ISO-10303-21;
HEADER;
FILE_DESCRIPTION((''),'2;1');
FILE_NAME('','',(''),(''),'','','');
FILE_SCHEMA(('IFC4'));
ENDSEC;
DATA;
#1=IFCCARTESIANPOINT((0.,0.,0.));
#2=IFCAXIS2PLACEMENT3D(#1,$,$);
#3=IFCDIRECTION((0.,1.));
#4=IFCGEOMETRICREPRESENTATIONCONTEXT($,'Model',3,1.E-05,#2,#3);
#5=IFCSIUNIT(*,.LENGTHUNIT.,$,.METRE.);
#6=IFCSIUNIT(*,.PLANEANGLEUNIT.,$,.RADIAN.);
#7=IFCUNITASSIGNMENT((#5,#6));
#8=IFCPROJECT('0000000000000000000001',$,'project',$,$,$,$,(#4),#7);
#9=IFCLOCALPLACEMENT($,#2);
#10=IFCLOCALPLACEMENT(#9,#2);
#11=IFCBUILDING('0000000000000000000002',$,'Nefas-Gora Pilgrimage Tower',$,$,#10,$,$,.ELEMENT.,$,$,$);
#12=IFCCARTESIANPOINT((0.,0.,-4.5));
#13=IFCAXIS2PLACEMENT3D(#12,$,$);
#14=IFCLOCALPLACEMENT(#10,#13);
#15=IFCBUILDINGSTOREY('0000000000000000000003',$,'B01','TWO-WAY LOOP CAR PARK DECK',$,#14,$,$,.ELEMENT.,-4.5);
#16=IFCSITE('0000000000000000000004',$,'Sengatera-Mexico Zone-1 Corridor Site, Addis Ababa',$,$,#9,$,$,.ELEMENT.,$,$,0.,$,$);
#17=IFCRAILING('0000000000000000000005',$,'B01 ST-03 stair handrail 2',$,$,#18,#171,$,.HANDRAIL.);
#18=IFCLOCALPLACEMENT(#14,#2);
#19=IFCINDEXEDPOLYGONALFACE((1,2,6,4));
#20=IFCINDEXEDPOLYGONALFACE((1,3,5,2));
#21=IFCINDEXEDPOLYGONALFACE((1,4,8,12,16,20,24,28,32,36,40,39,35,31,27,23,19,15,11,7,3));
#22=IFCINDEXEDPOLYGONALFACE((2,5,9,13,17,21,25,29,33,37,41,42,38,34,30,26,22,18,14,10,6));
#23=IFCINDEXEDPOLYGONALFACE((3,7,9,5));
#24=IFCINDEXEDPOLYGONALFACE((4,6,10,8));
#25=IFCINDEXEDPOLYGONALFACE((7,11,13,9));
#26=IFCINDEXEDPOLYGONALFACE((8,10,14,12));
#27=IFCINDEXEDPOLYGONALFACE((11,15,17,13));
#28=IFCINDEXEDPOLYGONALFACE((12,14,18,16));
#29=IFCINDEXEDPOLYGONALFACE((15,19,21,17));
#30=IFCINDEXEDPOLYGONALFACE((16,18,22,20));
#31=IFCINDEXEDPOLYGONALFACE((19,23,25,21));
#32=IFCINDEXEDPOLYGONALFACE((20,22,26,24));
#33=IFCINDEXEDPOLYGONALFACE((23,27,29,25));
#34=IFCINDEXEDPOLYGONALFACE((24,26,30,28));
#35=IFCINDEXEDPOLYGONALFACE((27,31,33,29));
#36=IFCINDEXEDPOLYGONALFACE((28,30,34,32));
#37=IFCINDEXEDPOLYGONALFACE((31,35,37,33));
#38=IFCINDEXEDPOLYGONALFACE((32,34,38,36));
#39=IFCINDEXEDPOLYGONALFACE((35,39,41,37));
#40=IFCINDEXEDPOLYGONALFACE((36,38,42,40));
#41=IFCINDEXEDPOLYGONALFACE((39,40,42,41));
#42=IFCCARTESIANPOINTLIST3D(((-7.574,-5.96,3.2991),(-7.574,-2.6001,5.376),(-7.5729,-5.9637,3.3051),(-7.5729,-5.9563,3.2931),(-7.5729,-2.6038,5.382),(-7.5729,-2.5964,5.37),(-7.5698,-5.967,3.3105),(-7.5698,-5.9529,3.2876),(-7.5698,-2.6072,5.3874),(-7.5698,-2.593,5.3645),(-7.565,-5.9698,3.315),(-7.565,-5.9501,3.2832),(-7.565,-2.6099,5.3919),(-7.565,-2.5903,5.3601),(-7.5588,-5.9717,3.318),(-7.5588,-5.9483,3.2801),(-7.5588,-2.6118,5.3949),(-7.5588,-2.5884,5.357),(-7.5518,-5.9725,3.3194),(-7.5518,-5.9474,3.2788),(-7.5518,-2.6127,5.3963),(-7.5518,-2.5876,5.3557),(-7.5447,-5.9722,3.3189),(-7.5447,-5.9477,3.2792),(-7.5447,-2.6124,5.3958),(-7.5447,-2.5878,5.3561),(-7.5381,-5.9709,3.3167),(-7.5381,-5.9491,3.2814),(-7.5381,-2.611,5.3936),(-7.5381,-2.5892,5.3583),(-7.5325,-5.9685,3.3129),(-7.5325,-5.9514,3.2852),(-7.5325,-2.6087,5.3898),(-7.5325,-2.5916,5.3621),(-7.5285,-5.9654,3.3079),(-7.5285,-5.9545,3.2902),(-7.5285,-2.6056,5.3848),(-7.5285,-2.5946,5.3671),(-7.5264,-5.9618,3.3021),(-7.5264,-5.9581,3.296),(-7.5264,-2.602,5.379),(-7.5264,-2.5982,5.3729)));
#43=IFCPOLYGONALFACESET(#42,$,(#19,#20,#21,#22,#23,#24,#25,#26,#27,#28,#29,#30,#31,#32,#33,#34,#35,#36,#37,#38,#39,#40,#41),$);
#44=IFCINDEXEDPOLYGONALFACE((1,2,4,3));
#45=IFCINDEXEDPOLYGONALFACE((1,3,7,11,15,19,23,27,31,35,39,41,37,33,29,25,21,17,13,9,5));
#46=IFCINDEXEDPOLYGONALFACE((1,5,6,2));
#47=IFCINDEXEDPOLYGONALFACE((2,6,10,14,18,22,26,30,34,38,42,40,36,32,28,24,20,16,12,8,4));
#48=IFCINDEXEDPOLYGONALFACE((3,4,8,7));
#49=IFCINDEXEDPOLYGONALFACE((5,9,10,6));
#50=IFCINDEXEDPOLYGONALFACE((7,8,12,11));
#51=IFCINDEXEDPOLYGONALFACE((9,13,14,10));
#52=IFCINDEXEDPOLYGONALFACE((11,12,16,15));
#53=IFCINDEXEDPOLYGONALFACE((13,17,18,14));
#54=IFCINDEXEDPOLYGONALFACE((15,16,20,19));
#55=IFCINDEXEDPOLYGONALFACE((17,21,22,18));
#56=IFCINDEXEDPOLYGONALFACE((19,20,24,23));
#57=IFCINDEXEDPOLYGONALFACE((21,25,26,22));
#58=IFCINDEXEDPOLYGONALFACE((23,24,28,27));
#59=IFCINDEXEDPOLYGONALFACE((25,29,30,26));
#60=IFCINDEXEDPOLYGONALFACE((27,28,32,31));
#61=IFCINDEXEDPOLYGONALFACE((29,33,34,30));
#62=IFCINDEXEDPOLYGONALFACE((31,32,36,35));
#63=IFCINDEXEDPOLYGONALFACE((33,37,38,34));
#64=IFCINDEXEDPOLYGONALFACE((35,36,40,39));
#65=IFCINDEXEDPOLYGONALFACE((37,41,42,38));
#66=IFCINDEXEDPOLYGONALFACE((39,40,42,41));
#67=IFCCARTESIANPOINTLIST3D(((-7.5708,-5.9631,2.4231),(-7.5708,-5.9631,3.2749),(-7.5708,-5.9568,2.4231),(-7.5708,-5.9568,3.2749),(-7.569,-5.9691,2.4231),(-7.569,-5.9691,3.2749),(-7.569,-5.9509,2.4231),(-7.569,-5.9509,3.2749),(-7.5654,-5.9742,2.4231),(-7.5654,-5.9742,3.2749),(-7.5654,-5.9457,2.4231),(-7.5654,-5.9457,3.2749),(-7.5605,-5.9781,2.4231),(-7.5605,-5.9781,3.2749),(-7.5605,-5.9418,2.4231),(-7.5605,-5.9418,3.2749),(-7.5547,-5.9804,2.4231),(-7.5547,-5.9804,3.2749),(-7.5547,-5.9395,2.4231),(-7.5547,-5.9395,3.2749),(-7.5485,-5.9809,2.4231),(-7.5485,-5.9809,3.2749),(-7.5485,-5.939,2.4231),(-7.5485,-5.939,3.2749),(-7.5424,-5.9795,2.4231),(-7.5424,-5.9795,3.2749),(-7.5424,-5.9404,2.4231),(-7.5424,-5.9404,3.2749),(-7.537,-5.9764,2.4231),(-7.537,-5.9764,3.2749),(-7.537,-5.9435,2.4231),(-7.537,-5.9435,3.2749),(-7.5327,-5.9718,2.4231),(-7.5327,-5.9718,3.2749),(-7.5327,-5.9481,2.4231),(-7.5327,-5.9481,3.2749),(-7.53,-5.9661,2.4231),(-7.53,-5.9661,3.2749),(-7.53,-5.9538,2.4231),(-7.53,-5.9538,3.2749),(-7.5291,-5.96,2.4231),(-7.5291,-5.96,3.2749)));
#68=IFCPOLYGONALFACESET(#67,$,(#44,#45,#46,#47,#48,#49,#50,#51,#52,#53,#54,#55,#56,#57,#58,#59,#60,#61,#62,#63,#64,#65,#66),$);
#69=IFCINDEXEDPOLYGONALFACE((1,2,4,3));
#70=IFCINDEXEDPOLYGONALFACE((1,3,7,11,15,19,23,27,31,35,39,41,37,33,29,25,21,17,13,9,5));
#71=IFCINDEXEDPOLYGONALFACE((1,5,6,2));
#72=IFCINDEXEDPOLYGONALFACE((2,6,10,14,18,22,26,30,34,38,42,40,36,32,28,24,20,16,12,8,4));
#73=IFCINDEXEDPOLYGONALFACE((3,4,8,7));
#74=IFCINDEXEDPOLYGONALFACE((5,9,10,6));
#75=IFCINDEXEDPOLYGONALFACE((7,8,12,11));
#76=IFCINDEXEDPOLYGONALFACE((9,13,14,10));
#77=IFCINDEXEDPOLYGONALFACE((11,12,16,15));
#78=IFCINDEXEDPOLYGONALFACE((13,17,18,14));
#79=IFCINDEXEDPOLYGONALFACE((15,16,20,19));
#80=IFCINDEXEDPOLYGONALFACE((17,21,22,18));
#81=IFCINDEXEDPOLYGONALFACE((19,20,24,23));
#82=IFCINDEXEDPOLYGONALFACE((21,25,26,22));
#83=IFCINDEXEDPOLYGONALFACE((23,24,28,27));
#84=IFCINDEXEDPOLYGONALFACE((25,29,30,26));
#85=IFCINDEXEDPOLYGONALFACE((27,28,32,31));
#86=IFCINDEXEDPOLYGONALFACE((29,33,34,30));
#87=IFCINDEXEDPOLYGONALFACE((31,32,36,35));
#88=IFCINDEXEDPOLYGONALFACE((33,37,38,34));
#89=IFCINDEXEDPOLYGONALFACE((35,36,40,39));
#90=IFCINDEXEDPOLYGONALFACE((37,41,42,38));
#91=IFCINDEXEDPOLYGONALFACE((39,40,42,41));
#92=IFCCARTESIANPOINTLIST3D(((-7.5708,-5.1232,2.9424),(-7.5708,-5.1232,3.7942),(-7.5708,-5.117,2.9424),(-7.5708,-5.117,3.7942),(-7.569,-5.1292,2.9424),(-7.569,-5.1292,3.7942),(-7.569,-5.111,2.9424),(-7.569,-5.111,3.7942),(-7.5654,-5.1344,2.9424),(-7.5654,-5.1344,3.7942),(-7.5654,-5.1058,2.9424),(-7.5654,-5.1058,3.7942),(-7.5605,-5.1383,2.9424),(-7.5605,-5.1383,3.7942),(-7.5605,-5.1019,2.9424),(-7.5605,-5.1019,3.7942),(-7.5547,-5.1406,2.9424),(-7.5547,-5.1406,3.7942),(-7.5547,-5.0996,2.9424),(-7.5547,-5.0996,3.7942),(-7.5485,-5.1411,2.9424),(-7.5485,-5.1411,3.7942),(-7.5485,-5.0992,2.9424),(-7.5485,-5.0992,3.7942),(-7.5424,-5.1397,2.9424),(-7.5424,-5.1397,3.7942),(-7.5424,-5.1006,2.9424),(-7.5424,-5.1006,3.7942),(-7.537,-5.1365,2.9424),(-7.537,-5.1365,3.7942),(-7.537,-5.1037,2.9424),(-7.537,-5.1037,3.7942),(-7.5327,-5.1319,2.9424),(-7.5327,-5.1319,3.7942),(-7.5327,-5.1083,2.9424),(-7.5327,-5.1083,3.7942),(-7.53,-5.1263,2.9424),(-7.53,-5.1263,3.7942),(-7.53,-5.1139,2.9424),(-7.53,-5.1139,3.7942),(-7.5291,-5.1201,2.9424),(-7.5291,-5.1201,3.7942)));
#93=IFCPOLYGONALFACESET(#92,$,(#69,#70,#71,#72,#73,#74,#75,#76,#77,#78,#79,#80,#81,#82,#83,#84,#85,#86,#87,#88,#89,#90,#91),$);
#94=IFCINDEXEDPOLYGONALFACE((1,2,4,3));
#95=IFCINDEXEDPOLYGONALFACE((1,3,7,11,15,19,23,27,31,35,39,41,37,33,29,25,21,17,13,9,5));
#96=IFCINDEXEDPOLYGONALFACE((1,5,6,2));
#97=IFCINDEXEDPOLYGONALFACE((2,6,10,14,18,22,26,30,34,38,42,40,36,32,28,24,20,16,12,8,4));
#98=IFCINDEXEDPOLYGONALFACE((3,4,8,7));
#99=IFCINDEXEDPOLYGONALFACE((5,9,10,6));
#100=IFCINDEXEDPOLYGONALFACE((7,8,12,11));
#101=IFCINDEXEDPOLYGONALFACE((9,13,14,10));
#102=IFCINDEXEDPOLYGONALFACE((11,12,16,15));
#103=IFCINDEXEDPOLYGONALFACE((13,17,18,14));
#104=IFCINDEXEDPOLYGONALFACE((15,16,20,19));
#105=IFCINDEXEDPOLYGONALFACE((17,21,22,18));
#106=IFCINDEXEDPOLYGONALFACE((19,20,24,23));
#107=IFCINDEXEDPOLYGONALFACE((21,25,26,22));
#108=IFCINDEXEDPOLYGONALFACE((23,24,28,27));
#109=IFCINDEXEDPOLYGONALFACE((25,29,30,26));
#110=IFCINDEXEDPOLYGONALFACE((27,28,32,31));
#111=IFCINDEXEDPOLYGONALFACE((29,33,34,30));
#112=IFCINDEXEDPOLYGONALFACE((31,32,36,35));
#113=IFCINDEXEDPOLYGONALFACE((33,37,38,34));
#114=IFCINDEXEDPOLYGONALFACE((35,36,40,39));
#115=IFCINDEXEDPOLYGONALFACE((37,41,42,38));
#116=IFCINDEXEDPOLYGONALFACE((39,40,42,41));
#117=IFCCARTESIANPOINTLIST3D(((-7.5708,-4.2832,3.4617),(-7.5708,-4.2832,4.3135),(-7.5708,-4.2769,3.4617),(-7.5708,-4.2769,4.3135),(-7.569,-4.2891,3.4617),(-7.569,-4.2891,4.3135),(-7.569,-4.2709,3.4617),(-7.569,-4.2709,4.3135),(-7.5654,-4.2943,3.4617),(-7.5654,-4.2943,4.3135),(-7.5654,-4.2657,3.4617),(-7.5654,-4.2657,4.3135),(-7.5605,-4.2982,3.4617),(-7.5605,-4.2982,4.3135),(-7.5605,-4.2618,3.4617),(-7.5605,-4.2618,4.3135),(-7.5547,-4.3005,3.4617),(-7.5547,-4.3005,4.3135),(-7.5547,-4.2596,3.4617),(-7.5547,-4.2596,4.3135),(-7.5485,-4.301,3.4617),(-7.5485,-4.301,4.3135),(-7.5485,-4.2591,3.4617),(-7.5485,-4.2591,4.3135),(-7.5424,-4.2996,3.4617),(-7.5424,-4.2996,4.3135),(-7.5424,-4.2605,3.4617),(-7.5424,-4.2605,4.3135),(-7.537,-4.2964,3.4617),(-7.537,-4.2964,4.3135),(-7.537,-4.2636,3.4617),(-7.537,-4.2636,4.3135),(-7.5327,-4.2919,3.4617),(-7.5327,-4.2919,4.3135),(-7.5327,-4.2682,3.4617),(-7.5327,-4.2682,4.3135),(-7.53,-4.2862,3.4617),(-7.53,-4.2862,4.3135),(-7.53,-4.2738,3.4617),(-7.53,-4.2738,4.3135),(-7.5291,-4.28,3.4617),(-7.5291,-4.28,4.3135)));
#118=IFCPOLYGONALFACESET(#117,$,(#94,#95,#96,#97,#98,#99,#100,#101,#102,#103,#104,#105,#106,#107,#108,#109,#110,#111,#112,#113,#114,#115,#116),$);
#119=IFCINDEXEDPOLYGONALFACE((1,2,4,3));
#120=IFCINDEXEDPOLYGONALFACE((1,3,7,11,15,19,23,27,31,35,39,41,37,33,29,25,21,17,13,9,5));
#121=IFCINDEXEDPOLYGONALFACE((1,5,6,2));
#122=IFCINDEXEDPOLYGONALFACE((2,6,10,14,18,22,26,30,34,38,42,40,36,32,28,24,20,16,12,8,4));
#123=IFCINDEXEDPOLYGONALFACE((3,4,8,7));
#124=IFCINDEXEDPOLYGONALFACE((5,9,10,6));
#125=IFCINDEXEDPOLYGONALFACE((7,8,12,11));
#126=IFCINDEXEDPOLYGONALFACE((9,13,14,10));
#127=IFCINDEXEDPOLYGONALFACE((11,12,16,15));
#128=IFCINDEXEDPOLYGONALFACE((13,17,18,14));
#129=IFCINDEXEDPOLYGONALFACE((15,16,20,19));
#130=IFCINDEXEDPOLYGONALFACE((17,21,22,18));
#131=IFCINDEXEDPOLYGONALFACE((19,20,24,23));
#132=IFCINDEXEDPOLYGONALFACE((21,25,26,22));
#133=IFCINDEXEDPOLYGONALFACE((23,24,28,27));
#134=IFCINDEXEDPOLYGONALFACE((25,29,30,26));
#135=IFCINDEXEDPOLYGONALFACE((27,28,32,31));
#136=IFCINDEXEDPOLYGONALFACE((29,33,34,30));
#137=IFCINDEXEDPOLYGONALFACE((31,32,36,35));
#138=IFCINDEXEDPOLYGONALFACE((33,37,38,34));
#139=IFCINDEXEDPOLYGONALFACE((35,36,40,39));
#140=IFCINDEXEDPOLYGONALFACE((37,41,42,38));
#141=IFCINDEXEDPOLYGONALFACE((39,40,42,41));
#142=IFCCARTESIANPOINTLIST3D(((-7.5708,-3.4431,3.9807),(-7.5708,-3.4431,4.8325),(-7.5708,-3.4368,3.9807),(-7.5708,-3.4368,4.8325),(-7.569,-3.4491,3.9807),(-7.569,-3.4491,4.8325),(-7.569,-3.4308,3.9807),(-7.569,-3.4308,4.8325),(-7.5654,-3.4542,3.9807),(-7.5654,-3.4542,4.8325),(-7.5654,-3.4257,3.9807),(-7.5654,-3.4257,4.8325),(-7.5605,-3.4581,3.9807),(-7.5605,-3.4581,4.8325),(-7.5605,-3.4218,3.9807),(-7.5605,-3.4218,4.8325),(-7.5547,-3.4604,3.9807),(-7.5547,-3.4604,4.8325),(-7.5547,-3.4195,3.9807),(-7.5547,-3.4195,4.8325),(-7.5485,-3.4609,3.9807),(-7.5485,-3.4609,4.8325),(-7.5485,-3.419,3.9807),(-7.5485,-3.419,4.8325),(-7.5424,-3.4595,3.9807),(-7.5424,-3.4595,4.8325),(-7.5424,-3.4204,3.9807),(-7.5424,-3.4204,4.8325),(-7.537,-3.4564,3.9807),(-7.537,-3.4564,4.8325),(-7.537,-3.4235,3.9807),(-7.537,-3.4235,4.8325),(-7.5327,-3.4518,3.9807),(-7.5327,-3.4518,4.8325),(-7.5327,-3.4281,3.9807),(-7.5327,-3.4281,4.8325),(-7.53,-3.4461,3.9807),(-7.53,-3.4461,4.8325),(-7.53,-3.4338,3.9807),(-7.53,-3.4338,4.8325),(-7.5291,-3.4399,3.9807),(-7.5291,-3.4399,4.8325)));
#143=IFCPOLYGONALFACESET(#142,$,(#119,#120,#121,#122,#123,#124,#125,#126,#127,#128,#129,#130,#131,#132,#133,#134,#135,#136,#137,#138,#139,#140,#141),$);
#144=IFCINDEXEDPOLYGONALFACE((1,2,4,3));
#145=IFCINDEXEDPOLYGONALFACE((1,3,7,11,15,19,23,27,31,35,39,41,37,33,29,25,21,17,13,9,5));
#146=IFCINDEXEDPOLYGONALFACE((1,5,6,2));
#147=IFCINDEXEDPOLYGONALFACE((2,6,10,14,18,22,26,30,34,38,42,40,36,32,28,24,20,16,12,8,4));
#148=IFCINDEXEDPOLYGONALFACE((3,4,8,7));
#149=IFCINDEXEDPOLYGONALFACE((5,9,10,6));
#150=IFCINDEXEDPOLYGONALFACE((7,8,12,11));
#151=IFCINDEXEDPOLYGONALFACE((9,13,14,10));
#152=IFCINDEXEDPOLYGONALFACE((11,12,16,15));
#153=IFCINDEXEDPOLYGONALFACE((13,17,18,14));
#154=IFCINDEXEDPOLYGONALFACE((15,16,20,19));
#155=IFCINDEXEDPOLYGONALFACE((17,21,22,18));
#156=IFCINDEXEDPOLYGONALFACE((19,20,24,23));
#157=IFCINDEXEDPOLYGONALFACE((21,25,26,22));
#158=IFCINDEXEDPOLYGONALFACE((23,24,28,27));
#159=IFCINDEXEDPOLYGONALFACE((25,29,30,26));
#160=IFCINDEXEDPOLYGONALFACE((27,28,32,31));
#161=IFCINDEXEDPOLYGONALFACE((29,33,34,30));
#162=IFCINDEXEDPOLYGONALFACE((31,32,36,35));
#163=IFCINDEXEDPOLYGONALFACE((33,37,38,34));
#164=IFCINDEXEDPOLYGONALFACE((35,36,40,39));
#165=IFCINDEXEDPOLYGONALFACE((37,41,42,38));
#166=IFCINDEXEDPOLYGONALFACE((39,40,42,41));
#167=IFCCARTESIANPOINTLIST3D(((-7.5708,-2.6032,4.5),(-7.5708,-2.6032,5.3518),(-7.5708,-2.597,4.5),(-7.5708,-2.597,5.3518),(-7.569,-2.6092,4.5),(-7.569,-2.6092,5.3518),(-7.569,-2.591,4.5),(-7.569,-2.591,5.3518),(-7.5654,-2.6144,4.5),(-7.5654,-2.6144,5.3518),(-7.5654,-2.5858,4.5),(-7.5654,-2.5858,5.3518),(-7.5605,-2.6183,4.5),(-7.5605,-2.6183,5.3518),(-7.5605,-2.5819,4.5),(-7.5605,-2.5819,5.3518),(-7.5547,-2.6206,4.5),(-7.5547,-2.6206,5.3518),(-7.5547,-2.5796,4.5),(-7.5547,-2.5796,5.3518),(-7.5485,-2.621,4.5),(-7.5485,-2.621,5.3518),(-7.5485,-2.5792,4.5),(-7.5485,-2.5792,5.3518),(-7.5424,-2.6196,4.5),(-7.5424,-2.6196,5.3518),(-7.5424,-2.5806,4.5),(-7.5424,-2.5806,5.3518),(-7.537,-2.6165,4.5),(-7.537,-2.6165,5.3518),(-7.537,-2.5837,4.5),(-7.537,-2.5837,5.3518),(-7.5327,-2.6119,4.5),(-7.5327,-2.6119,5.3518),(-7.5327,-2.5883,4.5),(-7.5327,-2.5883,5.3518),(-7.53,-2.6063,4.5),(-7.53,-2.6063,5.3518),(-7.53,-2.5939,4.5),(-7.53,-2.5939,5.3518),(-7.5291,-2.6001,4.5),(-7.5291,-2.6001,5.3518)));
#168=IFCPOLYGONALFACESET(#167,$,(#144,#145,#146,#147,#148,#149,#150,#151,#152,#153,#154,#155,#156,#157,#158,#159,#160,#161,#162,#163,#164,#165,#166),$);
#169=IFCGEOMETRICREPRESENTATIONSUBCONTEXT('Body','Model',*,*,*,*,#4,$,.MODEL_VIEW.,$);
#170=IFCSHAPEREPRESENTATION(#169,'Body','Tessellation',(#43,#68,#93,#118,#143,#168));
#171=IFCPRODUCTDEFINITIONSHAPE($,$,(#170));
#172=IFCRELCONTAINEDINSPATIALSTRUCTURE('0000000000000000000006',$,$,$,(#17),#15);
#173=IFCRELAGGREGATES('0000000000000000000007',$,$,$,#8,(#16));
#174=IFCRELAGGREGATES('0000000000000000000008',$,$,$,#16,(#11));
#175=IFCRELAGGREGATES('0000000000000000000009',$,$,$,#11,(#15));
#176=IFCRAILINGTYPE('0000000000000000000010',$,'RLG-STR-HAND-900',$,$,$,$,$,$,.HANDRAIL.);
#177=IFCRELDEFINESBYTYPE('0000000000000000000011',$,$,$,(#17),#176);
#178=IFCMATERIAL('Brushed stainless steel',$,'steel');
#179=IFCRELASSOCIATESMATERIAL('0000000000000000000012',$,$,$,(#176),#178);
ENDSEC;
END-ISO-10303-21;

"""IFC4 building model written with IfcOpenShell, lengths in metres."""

from ifc_helpers import new_model, si_unit, direction, frame, origin, origin_2d, place, context, subcontext, project, spatial, circle, extrude, material, type_object, element, save


model = new_model("IFC4")

# Units and contexts
model_context = context("Model", 3, precision=1e-05, world=origin(), true_north=direction((0.0, 1.0)))
body_context = subcontext(model_context, "Body", "Model", "MODEL_VIEW")
ifc_project = project(units=[si_unit("LENGTHUNIT", "METRE"), si_unit("PLANEANGLEUNIT", "RADIAN")], contexts=[model_context])

# Site, building, storey
site_placement = place(None, origin())
site = spatial("IfcSite", under=ifc_project, at=site_placement, Name="Sengatera-Mexico Zone-1 Corridor Site, Addis Ababa", CompositionType="ELEMENT", RefElevation=0.0)
building_placement = place(site_placement, origin())
building = spatial("IfcBuilding", under=site, at=building_placement, Name="Nefas-Gora Pilgrimage Tower", CompositionType="ELEMENT")
storey_placement = place(building_placement, frame((0.0, 0.0, -4.5)))
storey = spatial("IfcBuildingStorey", under=building, at=storey_placement, Name="B01", Description="TWO-WAY LOOP CAR PARK DECK", CompositionType="ELEMENT", Elevation=-4.5)

# Railing
ifc_material_1 = material(Name="Brushed stainless steel", Category="steel")
railing_type_1 = type_object("IfcRailingType", Name="RLG-STR-HAND-900", PredefinedType="HANDRAIL", material=ifc_material_1)
railing_1_placement = place(storey_placement, frame((-7.55, -5.96, 2.4231)))
element("IfcRailing", 1, at=railing_1_placement, inside=storey, type_object=railing_type_1, Name="B01 ST-03 stair handrail 2", PredefinedType="HANDRAIL", context=body_context, shape_type="SweptSolid", body=[
    extrude(circle(Radius=0.0239, at=origin_2d()), frame((0.0, 0.0, 0.876), z_axis=(0.0, 0.850606, 0.525803), x_axis=(-1.0, 0.0, 0.0)), (0.0, 0.0, 1.0), 3.95),
    extrude(circle(Radius=0.021, at=origin_2d()), origin(), (0.0, 0.0, 1.0), 0.8518),
    extrude(circle(Radius=0.021, at=origin_2d()), frame((0.0, 0.8398, 0.5193)), (0.0, 0.0, 1.0), 0.8518),
    extrude(circle(Radius=0.021, at=origin_2d()), frame((0.0, 1.6799, 1.0386)), (0.0, 0.0, 1.0), 0.8518),
    extrude(circle(Radius=0.021, at=origin_2d()), frame((0.0, 2.52, 1.5576)), (0.0, 0.0, 1.0), 0.8518),
    extrude(circle(Radius=0.021, at=origin_2d()), frame((0.0, 3.3599, 2.0769)), (0.0, 0.0, 1.0), 0.8518),
])

save(model, "model.ifc")
